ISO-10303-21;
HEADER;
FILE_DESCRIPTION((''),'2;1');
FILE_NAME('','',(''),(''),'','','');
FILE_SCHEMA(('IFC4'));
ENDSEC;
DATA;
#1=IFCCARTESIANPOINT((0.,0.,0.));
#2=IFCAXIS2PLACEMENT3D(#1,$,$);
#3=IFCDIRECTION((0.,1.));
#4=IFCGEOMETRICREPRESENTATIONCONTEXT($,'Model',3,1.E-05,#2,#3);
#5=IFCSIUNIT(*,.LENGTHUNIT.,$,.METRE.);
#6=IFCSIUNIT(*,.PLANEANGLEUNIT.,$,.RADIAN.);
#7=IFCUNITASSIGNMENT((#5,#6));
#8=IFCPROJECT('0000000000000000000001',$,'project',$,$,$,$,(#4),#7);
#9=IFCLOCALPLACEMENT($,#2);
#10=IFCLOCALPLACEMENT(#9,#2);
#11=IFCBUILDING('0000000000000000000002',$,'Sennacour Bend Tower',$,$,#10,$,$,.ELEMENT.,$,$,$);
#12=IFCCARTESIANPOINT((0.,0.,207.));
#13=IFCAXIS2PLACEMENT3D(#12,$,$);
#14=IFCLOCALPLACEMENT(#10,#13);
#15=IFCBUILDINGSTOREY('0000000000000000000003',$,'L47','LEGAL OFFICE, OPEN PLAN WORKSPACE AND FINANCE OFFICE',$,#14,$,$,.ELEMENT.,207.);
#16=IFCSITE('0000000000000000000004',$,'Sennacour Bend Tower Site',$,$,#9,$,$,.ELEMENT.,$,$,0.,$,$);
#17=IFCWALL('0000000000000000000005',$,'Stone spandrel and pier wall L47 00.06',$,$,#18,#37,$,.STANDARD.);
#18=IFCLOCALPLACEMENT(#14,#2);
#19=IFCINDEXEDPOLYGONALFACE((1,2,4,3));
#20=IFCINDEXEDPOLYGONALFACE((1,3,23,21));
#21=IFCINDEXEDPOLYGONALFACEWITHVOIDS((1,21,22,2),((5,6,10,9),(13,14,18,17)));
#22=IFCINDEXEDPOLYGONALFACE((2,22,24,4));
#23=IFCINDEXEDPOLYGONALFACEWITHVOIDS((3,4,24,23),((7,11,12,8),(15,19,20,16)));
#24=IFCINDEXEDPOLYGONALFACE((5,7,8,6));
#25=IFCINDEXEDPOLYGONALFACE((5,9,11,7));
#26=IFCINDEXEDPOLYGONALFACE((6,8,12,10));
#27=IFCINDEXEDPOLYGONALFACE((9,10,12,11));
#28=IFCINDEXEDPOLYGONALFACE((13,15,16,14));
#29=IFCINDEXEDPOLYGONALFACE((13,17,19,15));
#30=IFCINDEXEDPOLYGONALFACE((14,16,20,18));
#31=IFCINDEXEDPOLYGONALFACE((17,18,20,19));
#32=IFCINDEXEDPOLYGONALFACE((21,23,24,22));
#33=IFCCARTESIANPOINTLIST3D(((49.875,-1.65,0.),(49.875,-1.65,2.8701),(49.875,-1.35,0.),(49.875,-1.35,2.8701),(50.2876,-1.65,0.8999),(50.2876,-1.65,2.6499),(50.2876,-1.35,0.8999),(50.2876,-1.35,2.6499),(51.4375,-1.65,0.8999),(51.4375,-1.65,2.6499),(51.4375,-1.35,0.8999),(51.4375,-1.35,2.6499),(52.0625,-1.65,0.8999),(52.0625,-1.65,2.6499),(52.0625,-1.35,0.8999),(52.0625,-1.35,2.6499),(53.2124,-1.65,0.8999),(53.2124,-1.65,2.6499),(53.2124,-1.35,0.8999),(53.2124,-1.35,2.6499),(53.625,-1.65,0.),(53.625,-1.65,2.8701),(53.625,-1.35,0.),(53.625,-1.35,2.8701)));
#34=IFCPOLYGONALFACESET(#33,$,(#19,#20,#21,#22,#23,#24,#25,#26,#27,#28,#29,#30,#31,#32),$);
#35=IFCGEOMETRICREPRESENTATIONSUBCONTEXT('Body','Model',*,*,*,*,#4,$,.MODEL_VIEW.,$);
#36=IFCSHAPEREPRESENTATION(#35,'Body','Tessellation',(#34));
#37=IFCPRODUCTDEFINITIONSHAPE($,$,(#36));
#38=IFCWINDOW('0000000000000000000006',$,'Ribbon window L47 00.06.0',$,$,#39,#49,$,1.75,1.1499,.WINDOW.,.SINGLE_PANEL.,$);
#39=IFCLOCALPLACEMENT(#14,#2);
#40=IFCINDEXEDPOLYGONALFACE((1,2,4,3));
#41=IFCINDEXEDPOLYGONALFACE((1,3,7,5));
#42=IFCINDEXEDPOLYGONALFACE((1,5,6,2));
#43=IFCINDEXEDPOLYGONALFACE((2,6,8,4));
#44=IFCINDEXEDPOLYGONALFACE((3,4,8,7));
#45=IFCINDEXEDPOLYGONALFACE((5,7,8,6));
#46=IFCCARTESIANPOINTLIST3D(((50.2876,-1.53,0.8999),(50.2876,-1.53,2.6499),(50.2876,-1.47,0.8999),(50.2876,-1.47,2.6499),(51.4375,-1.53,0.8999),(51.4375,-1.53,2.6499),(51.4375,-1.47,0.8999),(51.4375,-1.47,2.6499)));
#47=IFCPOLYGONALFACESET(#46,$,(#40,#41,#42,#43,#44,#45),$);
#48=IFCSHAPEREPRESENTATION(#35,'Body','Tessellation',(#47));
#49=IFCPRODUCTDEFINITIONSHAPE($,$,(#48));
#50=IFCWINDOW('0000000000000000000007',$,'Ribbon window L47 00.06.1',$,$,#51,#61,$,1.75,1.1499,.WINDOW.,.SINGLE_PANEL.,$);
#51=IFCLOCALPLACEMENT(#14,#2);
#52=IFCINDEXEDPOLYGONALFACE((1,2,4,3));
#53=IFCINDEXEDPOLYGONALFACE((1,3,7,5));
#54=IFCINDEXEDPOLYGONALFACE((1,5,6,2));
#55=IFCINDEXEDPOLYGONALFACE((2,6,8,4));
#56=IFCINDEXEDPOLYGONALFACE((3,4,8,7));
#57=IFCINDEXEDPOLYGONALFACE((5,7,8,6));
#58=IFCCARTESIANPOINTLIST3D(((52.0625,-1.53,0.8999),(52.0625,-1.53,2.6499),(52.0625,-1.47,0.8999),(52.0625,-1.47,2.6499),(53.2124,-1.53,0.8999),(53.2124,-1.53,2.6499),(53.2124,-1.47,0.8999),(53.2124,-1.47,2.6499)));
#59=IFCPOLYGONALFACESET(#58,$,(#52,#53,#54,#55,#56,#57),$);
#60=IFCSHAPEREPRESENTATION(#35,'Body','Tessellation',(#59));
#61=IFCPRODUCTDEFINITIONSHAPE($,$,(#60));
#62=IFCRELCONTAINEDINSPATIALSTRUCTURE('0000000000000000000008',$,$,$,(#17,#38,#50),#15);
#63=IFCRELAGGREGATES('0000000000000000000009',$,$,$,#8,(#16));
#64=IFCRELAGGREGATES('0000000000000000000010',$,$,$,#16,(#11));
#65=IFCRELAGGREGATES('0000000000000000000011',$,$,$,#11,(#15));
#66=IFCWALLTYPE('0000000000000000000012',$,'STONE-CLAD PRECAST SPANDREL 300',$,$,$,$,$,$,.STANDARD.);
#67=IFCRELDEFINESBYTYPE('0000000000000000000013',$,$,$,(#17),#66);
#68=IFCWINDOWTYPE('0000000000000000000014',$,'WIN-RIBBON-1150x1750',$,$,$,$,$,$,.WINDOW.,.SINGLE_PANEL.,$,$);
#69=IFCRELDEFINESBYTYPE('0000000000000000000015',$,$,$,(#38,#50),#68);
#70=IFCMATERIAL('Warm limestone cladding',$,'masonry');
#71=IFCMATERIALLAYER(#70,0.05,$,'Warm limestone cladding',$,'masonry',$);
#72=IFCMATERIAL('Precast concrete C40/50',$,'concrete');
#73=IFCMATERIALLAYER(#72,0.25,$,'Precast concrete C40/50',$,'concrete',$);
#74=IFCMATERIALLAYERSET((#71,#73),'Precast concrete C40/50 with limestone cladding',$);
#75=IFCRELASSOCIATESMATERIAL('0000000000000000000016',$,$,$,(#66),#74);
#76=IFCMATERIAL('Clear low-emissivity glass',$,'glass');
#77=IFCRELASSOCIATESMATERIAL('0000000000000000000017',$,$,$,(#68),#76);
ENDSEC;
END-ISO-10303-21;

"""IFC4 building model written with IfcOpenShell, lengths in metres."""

from ifc_helpers import new_model, si_unit, direction, frame, frame_2d, origin, place, context, subcontext, project, spatial, rectangle, extrude, material, layer, layer_set, type_object, element, fill, save


model = new_model("IFC4")

# Units and contexts
model_context = context("Model", 3, precision=1e-05, world=origin(), true_north=direction((0.0, 1.0)))
body_context = subcontext(model_context, "Body", "Model", "MODEL_VIEW")
ifc_project = project(units=[si_unit("LENGTHUNIT", "METRE"), si_unit("PLANEANGLEUNIT", "RADIAN")], contexts=[model_context])

# Site, building, storey
site_placement = place(None, origin())
site = spatial("IfcSite", under=ifc_project, at=site_placement, Name="Sennacour Bend Tower Site", CompositionType="ELEMENT", RefElevation=0.0)
building_placement = place(site_placement, origin())
building = spatial("IfcBuilding", under=site, at=building_placement, Name="Sennacour Bend Tower", CompositionType="ELEMENT")
storey_placement = place(building_placement, frame((0.0, 0.0, 207.0)))
storey = spatial("IfcBuildingStorey", under=building, at=storey_placement, Name="L47", Description="LEGAL OFFICE, OPEN PLAN WORKSPACE AND FINANCE OFFICE", CompositionType="ELEMENT", Elevation=207.0)

# Wall, openings, windows
ifc_material_1 = material(Name="Warm limestone cladding", Category="masonry")
ifc_layer_1 = layer(ifc_material_1, 0.05, Name="Warm limestone cladding", Category="masonry")
ifc_material_2 = material(Name="Precast concrete C40/50", Category="concrete")
ifc_layer_2 = layer(ifc_material_2, 0.25, Name="Precast concrete C40/50", Category="concrete")
ifc_layer_set = layer_set([ifc_layer_1, ifc_layer_2], Name="Precast concrete C40/50 with limestone cladding")
wall_type = type_object("IfcWallType", Name="STONE-CLAD PRECAST SPANDREL 300", PredefinedType="STANDARD", material=ifc_layer_set)
ifc_material_3 = material(Name="Clear low-emissivity glass", Category="glass")
window_type = type_object("IfcWindowType", Name="WIN-RIBBON-1150x1750", PartitioningType="SINGLE_PANEL", PredefinedType="WINDOW", material=ifc_material_3)
wall_1_placement = place(storey_placement, frame((49.875, -1.5, 0.0), z_axis=(0.0, 0.0, 1.0), x_axis=(1.0, 0.0, 0.0)))
wall_1 = element("IfcWall", 1, at=wall_1_placement, inside=storey, type_object=wall_type, Name="Stone spandrel and pier wall L47 00.06", PredefinedType="STANDARD", context=body_context, shape_type="SweptSolid", body=[
    extrude(rectangle(XDim=3.75, YDim=0.3, at=frame_2d((1.875, 0.0))), origin(), (0.0, 0.0, 1.0), 2.8701),
])
opening_1_placement = place(wall_1_placement, frame((0.4126, 0.0, 0.8999)))
opening_1 = element("IfcOpeningElement", 2, at=opening_1_placement, cuts=wall_1, PredefinedType="OPENING", context=body_context, shape_type="SweptSolid", body=[
    extrude(rectangle(XDim=1.1499, YDim=1.75, at=frame_2d((0.575, 0.875))), frame((0.0, 0.1602, 0.0), z_axis=(0.0, -1.0, 0.0), x_axis=(1.0, 0.0, 0.0)), (0.0, 0.0, 1.0), 0.3201),
])
opening_2_placement = place(wall_1_placement, frame((2.1875, 0.0, 0.8999)))
opening_2 = element("IfcOpeningElement", 3, at=opening_2_placement, cuts=wall_1, PredefinedType="OPENING", context=body_context, shape_type="SweptSolid", body=[
    extrude(rectangle(XDim=1.1499, YDim=1.75, at=frame_2d((0.575, 0.875))), frame((0.0, 0.1602, 0.0), z_axis=(0.0, -1.0, 0.0), x_axis=(1.0, 0.0, 0.0)), (0.0, 0.0, 1.0), 0.3201),
])
window_1_placement = place(opening_1_placement, origin())
window_1 = element("IfcWindow", 4, at=window_1_placement, inside=storey, type_object=window_type, Name="Ribbon window L47 00.06.0", OverallHeight=1.75, OverallWidth=1.1499, PartitioningType="SINGLE_PANEL", PredefinedType="WINDOW", context=body_context, shape_type="SweptSolid", body=[
    extrude(rectangle(XDim=1.1499, YDim=1.75, at=frame_2d((0.575, 0.875))), frame((0.0, 0.03, 0.0), z_axis=(0.0, -1.0, 0.0), x_axis=(1.0, 0.0, 0.0)), (0.0, 0.0, 1.0), 0.0601),
])
fill(opening_1, window_1)
window_2_placement = place(opening_2_placement, origin())
window_2 = element("IfcWindow", 5, at=window_2_placement, inside=storey, type_object=window_type, Name="Ribbon window L47 00.06.1", OverallHeight=1.75, OverallWidth=1.1499, PartitioningType="SINGLE_PANEL", PredefinedType="WINDOW", context=body_context, shape_type="SweptSolid", body=[
    extrude(rectangle(XDim=1.1499, YDim=1.75, at=frame_2d((0.575, 0.875))), frame((0.0, 0.03, 0.0), z_axis=(0.0, -1.0, 0.0), x_axis=(1.0, 0.0, 0.0)), (0.0, 0.0, 1.0), 0.0601),
])
fill(opening_2, window_2)

save(model, "model.ifc")
